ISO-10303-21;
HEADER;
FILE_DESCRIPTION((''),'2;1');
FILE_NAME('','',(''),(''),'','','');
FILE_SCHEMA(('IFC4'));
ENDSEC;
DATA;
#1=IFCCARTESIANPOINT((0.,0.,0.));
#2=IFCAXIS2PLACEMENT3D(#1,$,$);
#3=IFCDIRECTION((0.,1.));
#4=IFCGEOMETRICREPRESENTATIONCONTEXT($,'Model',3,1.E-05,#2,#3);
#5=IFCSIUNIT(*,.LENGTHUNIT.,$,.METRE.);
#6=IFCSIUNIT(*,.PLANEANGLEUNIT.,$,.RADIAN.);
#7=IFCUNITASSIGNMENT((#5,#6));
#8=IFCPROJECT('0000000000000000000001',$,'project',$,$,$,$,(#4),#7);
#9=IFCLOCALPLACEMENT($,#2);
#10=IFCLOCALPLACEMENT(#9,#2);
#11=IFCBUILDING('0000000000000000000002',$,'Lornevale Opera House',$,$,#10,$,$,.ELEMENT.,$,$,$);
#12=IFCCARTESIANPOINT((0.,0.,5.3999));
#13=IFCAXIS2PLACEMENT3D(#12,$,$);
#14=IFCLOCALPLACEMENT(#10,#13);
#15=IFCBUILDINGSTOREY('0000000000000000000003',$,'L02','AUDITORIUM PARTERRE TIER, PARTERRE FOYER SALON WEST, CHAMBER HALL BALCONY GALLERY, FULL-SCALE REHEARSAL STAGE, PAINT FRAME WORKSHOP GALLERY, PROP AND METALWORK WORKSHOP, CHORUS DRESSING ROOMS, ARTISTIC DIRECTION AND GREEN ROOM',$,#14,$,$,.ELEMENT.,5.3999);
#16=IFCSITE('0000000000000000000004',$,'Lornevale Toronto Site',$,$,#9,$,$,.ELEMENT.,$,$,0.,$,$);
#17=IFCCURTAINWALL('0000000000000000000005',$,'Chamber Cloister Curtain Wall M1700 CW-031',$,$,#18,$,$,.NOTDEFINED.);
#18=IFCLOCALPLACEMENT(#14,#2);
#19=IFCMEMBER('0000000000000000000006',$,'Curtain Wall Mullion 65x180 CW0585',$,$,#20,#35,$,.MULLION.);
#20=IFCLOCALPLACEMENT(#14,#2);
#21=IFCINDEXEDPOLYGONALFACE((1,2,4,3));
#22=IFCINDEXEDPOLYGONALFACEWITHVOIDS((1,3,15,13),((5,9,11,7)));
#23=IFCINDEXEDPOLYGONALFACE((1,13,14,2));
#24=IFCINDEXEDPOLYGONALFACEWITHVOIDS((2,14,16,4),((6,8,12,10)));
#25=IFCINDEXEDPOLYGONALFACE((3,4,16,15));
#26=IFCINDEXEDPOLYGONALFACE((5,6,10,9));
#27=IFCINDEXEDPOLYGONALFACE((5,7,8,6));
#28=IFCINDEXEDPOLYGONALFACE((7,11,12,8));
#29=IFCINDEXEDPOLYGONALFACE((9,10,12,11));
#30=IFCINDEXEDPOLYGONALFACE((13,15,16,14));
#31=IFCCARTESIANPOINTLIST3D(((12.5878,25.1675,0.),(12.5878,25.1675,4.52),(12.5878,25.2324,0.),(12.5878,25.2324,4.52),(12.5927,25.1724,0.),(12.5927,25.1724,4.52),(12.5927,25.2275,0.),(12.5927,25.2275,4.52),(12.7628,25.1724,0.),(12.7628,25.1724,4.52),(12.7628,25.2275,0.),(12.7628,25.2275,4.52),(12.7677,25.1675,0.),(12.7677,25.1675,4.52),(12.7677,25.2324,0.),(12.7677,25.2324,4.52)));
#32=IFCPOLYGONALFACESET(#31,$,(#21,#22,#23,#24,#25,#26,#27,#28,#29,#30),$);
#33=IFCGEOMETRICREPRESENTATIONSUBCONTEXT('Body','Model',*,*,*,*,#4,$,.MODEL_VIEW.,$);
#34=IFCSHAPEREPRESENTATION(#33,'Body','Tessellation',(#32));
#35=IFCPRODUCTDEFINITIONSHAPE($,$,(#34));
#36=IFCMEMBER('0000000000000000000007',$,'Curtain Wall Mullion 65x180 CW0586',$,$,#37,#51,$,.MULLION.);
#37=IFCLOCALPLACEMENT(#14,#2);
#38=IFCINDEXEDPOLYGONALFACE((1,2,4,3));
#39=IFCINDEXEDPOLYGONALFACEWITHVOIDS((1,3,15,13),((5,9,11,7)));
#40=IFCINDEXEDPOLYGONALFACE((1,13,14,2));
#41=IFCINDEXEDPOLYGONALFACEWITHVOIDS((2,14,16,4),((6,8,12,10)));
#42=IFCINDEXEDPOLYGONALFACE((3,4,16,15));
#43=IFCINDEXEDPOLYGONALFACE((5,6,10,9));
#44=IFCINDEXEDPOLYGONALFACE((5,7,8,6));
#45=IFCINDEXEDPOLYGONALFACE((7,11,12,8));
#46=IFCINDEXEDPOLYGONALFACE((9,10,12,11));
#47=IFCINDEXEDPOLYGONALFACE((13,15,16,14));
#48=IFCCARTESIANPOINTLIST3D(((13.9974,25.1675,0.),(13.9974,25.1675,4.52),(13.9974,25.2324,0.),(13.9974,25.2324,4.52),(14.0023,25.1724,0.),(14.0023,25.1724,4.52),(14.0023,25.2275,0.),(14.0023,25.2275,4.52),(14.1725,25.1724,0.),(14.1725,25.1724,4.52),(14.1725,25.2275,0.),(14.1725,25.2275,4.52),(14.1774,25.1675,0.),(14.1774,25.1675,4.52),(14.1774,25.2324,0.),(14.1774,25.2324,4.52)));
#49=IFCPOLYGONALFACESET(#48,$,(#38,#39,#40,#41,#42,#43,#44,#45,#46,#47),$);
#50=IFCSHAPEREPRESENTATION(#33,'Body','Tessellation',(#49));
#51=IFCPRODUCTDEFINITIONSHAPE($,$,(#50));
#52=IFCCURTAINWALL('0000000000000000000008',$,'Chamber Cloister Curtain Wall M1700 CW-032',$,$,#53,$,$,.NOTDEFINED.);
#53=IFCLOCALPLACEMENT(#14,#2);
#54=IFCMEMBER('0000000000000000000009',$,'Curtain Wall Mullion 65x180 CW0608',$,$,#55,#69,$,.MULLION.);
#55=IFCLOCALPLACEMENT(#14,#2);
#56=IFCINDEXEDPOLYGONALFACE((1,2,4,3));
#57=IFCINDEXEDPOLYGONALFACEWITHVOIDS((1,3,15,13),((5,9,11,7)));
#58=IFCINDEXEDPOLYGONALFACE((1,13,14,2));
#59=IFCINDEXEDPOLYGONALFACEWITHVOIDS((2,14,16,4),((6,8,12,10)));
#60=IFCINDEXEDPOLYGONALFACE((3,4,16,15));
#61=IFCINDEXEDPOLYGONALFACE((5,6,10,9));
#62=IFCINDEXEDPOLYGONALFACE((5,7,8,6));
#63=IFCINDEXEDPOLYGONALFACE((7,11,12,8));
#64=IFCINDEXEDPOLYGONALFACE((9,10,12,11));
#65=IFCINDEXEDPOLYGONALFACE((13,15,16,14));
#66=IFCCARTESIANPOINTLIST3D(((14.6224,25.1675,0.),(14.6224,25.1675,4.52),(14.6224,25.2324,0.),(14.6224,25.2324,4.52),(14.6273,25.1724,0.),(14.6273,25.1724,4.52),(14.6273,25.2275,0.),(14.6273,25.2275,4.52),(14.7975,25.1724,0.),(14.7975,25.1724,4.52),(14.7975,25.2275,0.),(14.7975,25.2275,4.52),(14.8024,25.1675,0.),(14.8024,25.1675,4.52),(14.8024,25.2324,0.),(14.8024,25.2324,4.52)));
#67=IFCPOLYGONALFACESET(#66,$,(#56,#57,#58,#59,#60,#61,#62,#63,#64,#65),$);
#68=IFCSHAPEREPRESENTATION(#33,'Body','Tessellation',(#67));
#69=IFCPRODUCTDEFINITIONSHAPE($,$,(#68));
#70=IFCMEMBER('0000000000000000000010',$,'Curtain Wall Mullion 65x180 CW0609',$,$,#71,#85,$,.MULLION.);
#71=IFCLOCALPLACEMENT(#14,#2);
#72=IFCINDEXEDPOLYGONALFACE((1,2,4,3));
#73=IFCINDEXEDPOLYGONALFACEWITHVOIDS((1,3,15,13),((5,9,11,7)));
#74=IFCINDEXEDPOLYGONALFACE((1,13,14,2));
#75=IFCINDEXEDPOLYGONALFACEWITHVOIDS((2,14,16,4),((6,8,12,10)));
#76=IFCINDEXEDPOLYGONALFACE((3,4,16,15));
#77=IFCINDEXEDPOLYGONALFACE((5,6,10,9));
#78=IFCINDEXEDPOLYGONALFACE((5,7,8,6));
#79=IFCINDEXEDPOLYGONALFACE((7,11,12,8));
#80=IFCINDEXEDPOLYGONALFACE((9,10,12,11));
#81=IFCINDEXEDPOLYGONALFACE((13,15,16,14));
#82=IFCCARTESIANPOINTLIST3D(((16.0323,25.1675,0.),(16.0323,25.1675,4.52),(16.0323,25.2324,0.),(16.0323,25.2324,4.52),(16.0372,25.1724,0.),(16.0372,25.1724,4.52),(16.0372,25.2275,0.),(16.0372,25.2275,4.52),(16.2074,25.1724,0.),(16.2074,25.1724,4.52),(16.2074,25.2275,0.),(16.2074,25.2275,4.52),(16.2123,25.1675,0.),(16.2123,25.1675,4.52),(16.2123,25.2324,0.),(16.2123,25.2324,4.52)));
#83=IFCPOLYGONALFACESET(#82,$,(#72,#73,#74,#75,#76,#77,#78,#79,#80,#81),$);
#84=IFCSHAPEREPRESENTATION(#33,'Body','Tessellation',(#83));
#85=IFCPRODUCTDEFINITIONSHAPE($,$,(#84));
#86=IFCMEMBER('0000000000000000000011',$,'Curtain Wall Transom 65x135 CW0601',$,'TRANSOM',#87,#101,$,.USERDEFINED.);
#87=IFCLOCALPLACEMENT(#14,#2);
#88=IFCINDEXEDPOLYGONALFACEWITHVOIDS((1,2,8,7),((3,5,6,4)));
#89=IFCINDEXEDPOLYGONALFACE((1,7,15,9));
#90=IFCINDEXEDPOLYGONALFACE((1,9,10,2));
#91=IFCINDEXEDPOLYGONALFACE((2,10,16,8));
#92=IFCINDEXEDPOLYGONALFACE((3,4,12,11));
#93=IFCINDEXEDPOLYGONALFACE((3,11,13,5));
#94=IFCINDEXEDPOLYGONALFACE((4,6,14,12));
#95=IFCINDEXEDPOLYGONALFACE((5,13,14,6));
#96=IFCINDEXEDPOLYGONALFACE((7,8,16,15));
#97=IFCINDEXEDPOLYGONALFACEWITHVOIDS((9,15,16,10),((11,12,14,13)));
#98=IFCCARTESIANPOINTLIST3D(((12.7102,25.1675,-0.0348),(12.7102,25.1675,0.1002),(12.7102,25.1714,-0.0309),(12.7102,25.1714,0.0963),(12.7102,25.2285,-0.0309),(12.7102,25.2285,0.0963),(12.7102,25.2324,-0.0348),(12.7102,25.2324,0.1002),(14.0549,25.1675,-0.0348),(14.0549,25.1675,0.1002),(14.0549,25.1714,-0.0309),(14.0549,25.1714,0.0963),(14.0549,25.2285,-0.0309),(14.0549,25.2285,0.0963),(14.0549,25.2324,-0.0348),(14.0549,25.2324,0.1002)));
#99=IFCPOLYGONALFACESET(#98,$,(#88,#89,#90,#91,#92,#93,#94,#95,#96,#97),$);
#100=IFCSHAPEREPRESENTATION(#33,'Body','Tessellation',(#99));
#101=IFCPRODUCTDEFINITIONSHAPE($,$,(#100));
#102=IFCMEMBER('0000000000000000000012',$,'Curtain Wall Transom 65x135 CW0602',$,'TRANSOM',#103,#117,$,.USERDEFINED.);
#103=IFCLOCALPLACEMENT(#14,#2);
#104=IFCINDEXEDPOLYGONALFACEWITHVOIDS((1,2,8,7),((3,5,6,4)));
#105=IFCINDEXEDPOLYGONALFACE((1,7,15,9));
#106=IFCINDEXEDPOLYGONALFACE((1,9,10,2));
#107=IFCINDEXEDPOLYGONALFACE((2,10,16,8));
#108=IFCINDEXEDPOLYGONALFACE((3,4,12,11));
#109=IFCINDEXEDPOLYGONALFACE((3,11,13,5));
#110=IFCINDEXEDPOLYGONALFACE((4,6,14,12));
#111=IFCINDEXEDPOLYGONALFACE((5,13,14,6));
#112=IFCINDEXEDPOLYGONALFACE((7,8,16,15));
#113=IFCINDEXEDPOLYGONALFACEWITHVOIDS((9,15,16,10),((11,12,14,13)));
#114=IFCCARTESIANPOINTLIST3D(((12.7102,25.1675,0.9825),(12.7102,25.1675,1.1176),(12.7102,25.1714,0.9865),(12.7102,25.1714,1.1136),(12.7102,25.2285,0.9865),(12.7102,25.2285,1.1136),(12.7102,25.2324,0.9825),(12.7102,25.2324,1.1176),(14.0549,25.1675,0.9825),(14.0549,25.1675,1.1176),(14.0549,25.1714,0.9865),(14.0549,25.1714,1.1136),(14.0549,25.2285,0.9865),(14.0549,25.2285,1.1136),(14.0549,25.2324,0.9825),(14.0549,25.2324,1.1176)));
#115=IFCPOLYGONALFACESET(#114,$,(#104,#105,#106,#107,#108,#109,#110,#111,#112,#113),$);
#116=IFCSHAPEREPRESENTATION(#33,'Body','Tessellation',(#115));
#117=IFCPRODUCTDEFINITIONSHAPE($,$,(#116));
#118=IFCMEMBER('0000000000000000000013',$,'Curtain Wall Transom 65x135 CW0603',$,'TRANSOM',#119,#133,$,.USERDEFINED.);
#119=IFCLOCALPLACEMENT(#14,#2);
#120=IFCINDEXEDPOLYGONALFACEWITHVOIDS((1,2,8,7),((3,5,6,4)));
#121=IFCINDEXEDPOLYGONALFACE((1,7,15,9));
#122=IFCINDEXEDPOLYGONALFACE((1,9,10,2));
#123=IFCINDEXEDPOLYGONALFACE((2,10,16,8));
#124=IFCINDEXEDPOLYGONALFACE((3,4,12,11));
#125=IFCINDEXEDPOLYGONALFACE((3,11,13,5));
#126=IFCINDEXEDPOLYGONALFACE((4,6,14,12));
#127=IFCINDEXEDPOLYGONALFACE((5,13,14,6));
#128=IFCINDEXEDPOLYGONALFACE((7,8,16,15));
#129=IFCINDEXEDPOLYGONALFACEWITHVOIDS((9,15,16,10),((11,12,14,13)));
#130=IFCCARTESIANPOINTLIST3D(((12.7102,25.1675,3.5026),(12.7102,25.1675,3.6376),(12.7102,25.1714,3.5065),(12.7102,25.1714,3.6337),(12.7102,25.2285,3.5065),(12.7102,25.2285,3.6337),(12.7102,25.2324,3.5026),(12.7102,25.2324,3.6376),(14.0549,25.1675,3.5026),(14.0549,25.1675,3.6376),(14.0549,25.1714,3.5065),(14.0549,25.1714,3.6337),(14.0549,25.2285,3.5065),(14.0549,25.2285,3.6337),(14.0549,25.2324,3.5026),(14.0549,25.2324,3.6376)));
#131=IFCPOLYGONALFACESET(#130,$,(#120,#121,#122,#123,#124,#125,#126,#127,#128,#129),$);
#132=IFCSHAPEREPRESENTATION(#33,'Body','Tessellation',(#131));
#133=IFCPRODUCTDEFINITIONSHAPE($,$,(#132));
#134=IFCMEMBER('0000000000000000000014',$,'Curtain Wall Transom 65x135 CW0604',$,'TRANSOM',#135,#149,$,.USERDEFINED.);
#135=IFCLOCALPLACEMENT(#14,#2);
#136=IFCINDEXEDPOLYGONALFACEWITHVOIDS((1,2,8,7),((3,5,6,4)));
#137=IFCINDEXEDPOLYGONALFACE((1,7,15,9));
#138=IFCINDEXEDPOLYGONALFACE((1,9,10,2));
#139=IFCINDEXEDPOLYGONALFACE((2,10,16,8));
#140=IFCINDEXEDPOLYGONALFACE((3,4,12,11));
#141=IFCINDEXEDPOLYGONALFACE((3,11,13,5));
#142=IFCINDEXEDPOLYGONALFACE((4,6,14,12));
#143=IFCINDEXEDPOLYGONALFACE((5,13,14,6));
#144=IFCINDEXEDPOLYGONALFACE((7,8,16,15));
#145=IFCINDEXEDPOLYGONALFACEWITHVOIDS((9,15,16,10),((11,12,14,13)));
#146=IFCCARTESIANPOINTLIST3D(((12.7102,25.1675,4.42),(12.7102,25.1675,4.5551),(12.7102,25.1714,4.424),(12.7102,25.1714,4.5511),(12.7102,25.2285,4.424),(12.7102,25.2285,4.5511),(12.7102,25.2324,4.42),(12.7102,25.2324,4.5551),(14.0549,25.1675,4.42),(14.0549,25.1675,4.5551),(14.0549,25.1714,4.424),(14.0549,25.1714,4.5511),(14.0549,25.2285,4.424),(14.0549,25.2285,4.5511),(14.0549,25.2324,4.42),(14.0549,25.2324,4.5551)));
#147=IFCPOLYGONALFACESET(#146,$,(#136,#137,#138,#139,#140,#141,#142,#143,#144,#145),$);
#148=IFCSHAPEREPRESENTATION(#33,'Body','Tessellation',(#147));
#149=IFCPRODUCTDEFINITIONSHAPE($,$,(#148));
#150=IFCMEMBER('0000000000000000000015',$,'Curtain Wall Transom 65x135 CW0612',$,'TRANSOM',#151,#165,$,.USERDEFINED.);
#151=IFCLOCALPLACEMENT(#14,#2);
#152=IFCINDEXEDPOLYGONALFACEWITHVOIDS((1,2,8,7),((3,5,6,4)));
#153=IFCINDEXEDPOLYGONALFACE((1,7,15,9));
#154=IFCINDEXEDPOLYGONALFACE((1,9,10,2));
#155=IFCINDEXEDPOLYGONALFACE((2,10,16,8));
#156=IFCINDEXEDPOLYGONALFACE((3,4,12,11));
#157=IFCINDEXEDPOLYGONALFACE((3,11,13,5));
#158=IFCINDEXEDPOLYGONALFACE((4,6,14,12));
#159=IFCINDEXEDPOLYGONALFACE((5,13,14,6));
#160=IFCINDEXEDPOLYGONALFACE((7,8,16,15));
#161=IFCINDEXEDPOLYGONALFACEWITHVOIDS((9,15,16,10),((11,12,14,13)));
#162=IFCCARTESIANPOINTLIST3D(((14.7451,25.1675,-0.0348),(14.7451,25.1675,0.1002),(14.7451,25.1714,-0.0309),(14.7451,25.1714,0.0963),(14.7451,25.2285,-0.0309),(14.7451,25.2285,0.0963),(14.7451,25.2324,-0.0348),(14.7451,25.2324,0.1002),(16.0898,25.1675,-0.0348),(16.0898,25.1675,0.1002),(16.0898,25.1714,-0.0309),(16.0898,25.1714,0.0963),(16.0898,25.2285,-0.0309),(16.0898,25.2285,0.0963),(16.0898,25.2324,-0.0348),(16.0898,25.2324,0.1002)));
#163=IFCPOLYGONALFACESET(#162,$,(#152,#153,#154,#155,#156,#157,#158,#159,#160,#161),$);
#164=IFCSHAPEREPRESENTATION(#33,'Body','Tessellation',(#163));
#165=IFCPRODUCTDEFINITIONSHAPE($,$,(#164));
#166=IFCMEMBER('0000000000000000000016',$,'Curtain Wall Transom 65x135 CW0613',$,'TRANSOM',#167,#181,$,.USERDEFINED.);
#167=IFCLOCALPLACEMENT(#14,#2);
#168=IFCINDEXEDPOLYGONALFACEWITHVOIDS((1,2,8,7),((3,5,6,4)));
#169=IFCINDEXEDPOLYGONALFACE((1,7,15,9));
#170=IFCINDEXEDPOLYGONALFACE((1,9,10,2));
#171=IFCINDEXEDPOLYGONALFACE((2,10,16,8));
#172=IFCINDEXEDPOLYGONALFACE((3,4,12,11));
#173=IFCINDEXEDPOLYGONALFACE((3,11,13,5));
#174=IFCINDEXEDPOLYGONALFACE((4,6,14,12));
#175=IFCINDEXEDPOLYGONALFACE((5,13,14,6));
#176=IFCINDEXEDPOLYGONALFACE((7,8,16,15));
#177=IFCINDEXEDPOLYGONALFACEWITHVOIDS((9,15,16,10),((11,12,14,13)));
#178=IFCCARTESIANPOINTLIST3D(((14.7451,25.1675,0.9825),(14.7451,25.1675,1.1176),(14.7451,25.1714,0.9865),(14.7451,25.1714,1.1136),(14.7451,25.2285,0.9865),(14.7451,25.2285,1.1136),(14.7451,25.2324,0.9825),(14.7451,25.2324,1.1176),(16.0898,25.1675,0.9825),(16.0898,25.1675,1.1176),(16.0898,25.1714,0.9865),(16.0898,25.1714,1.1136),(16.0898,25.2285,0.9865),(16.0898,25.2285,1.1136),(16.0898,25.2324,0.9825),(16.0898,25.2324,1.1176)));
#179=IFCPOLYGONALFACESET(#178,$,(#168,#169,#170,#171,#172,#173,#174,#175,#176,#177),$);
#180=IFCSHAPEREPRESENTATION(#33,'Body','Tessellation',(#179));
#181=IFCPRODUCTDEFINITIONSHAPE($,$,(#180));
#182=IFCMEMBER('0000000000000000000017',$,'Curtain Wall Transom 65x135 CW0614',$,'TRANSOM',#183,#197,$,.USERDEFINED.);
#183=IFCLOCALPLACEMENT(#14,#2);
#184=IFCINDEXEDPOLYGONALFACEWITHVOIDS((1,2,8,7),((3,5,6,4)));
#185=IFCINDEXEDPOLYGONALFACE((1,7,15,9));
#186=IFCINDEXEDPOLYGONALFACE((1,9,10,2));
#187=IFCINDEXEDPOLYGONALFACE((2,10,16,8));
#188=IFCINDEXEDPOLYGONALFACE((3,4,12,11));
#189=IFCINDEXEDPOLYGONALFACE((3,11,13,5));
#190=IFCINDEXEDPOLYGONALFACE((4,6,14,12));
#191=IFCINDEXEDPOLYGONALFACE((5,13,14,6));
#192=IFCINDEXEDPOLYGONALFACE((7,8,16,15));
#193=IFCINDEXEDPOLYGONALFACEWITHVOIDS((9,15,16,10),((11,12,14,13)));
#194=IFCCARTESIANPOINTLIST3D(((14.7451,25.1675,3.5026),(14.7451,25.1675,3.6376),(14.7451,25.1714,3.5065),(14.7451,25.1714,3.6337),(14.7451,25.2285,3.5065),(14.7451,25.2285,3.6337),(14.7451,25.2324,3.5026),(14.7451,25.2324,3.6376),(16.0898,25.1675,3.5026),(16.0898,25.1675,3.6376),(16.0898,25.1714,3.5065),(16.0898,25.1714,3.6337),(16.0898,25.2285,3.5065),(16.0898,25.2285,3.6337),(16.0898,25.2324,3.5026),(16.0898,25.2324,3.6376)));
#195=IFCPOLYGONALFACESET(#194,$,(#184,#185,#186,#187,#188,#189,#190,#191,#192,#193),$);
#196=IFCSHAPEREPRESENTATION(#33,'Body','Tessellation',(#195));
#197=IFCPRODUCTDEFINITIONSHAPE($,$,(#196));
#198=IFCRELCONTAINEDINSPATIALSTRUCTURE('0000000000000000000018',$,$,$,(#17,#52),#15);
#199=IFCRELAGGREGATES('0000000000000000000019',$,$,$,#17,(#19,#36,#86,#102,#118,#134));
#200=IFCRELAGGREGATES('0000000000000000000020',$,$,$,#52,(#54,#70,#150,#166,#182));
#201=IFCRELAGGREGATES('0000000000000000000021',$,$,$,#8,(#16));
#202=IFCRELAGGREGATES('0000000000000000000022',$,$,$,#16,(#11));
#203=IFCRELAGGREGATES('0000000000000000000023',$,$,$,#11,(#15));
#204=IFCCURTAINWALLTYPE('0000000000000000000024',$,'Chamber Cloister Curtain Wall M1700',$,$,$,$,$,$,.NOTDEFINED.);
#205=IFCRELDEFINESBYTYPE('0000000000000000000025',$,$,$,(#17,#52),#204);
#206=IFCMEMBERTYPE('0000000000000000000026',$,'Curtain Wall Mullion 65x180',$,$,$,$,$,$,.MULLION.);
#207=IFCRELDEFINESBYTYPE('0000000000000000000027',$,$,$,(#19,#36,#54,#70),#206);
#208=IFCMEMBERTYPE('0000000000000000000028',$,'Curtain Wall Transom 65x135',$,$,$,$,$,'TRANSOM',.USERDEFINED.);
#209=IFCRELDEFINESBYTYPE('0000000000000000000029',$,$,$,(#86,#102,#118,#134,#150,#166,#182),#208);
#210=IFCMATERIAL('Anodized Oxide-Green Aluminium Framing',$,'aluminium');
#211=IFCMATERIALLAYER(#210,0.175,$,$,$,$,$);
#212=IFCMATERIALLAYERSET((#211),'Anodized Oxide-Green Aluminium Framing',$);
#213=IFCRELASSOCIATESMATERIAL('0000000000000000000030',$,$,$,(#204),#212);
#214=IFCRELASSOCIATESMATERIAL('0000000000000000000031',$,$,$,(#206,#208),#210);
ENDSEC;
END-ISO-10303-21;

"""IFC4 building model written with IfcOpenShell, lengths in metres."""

from ifc_helpers import new_model, si_unit, direction, frame, origin, origin_2d, place, context, subcontext, project, spatial, hollow_rectangle, extrude, material, layer, layer_set, material_profile, profile_set, type_object, element, aggregate, save


model = new_model("IFC4")

# Units and contexts
model_context = context("Model", 3, precision=1e-05, world=origin(), true_north=direction((0.0, 1.0)))
body_context = subcontext(model_context, "Body", "Model", "MODEL_VIEW")
ifc_project = project(units=[si_unit("LENGTHUNIT", "METRE"), si_unit("PLANEANGLEUNIT", "RADIAN")], contexts=[model_context])

# Site, building, storey
site_placement = place(None, origin())
site = spatial("IfcSite", under=ifc_project, at=site_placement, Name="Lornevale Toronto Site", CompositionType="ELEMENT", RefElevation=0.0)
building_placement = place(site_placement, origin())
building = spatial("IfcBuilding", under=site, at=building_placement, Name="Lornevale Opera House", CompositionType="ELEMENT")
storey_placement = place(building_placement, frame((0.0, 0.0, 5.3999)))
storey = spatial("IfcBuildingStorey", under=building, at=storey_placement, Name="L02", Description="AUDITORIUM PARTERRE TIER, PARTERRE FOYER SALON WEST, CHAMBER HALL BALCONY GALLERY, FULL-SCALE REHEARSAL STAGE, PAINT FRAME WORKSHOP GALLERY, PROP AND METALWORK WORKSHOP, CHORUS DRESSING ROOMS, ARTISTIC DIRECTION AND GREEN ROOM", CompositionType="ELEMENT", Elevation=5.3999)

# Curtain walls, members
ifc_material_1 = material(Name="Anodized Oxide-Green Aluminium Framing", Category="aluminium")
ifc_layer_1 = layer(ifc_material_1, 0.175)
ifc_layer_set_1 = layer_set([ifc_layer_1], Name="Anodized Oxide-Green Aluminium Framing")
curtain_wall_type = type_object("IfcCurtainWallType", Name="Chamber Cloister Curtain Wall M1700", PredefinedType="NOTDEFINED", material=ifc_layer_set_1)
curtain_wall_1_placement = place(storey_placement, origin())
curtain_wall_1 = element("IfcCurtainWall", 1, at=curtain_wall_1_placement, inside=storey, type_object=curtain_wall_type, Name="Chamber Cloister Curtain Wall M1700 CW-031", PredefinedType="NOTDEFINED")
ifc_material_profile_1 = material_profile(ifc_material_1, hollow_rectangle(XDim=0.0649, YDim=0.1799, WallThickness=0.0049, at=origin_2d()), Name="ALU65x180x5")
ifc_profile_set_1 = profile_set([ifc_material_profile_1], Name="Anodized Oxide-Green Aluminium Framing")
member_type_1 = type_object("IfcMemberType", Name="Curtain Wall Mullion 65x180", PredefinedType="MULLION", material=ifc_profile_set_1)
member_1_placement = place(storey_placement, frame((12.6777, 25.2, 0.0), z_axis=(0.0, 0.0, 1.0), x_axis=(0.0, 1.0, 0.0)))
member_1 = element("IfcMember", 2, at=member_1_placement, type_object=member_type_1, Name="Curtain Wall Mullion 65x180 CW0585", PredefinedType="MULLION", context=body_context, shape_type="SweptSolid", body=[
    extrude(hollow_rectangle(XDim=0.0649, YDim=0.1799, WallThickness=0.0049, at=origin_2d()), origin(), (0.0, 0.0, 1.0), 4.52),
])
member_2_placement = place(storey_placement, frame((14.0874, 25.2, 0.0), z_axis=(0.0, 0.0, 1.0), x_axis=(0.0, 1.0, 0.0)))
member_2 = element("IfcMember", 3, at=member_2_placement, type_object=member_type_1, Name="Curtain Wall Mullion 65x180 CW0586", PredefinedType="MULLION", context=body_context, shape_type="SweptSolid", body=[
    extrude(hollow_rectangle(XDim=0.0649, YDim=0.1799, WallThickness=0.0049, at=origin_2d()), origin(), (0.0, 0.0, 1.0), 4.52),
])
curtain_wall_2_placement = place(storey_placement, origin())
curtain_wall_2 = element("IfcCurtainWall", 4, at=curtain_wall_2_placement, inside=storey, type_object=curtain_wall_type, Name="Chamber Cloister Curtain Wall M1700 CW-032", PredefinedType="NOTDEFINED")
member_3_placement = place(storey_placement, frame((14.7124, 25.2, 0.0), z_axis=(0.0, 0.0, 1.0), x_axis=(0.0, 1.0, 0.0)))
member_3 = element("IfcMember", 5, at=member_3_placement, type_object=member_type_1, Name="Curtain Wall Mullion 65x180 CW0608", PredefinedType="MULLION", context=body_context, shape_type="SweptSolid", body=[
    extrude(hollow_rectangle(XDim=0.0649, YDim=0.1799, WallThickness=0.0049, at=origin_2d()), origin(), (0.0, 0.0, 1.0), 4.52),
])
member_4_placement = place(storey_placement, frame((16.1223, 25.2, 0.0), z_axis=(0.0, 0.0, 1.0), x_axis=(0.0, 1.0, 0.0)))
member_4 = element("IfcMember", 6, at=member_4_placement, type_object=member_type_1, Name="Curtain Wall Mullion 65x180 CW0609", PredefinedType="MULLION", context=body_context, shape_type="SweptSolid", body=[
    extrude(hollow_rectangle(XDim=0.0649, YDim=0.1799, WallThickness=0.0049, at=origin_2d()), origin(), (0.0, 0.0, 1.0), 4.52),
])

# Members
ifc_material_profile_2 = material_profile(ifc_material_1, hollow_rectangle(XDim=0.0649, YDim=0.135, WallThickness=0.0039, at=origin_2d()), Name="ALU65x135x4")
ifc_profile_set_2 = profile_set([ifc_material_profile_2], Name="Anodized Oxide-Green Aluminium Framing")
member_type_2 = type_object("IfcMemberType", Name="Curtain Wall Transom 65x135", ElementType="TRANSOM", PredefinedType="USERDEFINED", material=ifc_profile_set_2)
member_5_placement = place(storey_placement, frame((12.7102, 25.2, 0.0327), z_axis=(1.0, 0.0, 0.0), x_axis=(0.0, 1.0, 0.0)))
member_5 = element("IfcMember", 7, at=member_5_placement, type_object=member_type_2, Name="Curtain Wall Transom 65x135 CW0601", ObjectType="TRANSOM", PredefinedType="USERDEFINED", context=body_context, shape_type="SweptSolid", body=[
    extrude(hollow_rectangle(XDim=0.0649, YDim=0.135, WallThickness=0.0039, at=origin_2d()), origin(), (0.0, 0.0, 1.0), 1.3447),
])
member_6_placement = place(storey_placement, frame((12.7102, 25.2, 1.05), z_axis=(1.0, 0.0, 0.0), x_axis=(0.0, 1.0, 0.0)))
member_6 = element("IfcMember", 8, at=member_6_placement, type_object=member_type_2, Name="Curtain Wall Transom 65x135 CW0602", ObjectType="TRANSOM", PredefinedType="USERDEFINED", context=body_context, shape_type="SweptSolid", body=[
    extrude(hollow_rectangle(XDim=0.0649, YDim=0.135, WallThickness=0.0039, at=origin_2d()), origin(), (0.0, 0.0, 1.0), 1.3447),
])
member_7_placement = place(storey_placement, frame((12.7102, 25.2, 3.5701), z_axis=(1.0, 0.0, 0.0), x_axis=(0.0, 1.0, 0.0)))
member_7 = element("IfcMember", 9, at=member_7_placement, type_object=member_type_2, Name="Curtain Wall Transom 65x135 CW0603", ObjectType="TRANSOM", PredefinedType="USERDEFINED", context=body_context, shape_type="SweptSolid", body=[
    extrude(hollow_rectangle(XDim=0.0649, YDim=0.135, WallThickness=0.0039, at=origin_2d()), origin(), (0.0, 0.0, 1.0), 1.3447),
])
member_8_placement = place(storey_placement, frame((12.7102, 25.2, 4.4875), z_axis=(1.0, 0.0, 0.0), x_axis=(0.0, 1.0, 0.0)))
member_8 = element("IfcMember", 10, at=member_8_placement, type_object=member_type_2, Name="Curtain Wall Transom 65x135 CW0604", ObjectType="TRANSOM", PredefinedType="USERDEFINED", context=body_context, shape_type="SweptSolid", body=[
    extrude(hollow_rectangle(XDim=0.0649, YDim=0.135, WallThickness=0.0039, at=origin_2d()), origin(), (0.0, 0.0, 1.0), 1.3447),
])
member_9_placement = place(storey_placement, frame((14.7451, 25.2, 0.0327), z_axis=(1.0, 0.0, 0.0), x_axis=(0.0, 1.0, 0.0)))
member_9 = element("IfcMember", 11, at=member_9_placement, type_object=member_type_2, Name="Curtain Wall Transom 65x135 CW0612", ObjectType="TRANSOM", PredefinedType="USERDEFINED", context=body_context, shape_type="SweptSolid", body=[
    extrude(hollow_rectangle(XDim=0.0649, YDim=0.135, WallThickness=0.0039, at=origin_2d()), origin(), (0.0, 0.0, 1.0), 1.3447),
])
member_10_placement = place(storey_placement, frame((14.7451, 25.2, 1.05), z_axis=(1.0, 0.0, 0.0), x_axis=(0.0, 1.0, 0.0)))
member_10 = element("IfcMember", 12, at=member_10_placement, type_object=member_type_2, Name="Curtain Wall Transom 65x135 CW0613", ObjectType="TRANSOM", PredefinedType="USERDEFINED", context=body_context, shape_type="SweptSolid", body=[
    extrude(hollow_rectangle(XDim=0.0649, YDim=0.135, WallThickness=0.0039, at=origin_2d()), origin(), (0.0, 0.0, 1.0), 1.3447),
])
member_11_placement = place(storey_placement, frame((14.7451, 25.2, 3.5701), z_axis=(1.0, 0.0, 0.0), x_axis=(0.0, 1.0, 0.0)))
member_11 = element("IfcMember", 13, at=member_11_placement, type_object=member_type_2, Name="Curtain Wall Transom 65x135 CW0614", ObjectType="TRANSOM", PredefinedType="USERDEFINED", context=body_context, shape_type="SweptSolid", body=[
    extrude(hollow_rectangle(XDim=0.0649, YDim=0.135, WallThickness=0.0039, at=origin_2d()), origin(), (0.0, 0.0, 1.0), 1.3447),
])

aggregate(curtain_wall_1, [member_1, member_2, member_5, member_6, member_7, member_8])
aggregate(curtain_wall_2, [member_3, member_4, member_9, member_10, member_11])

save(model, "model.ifc")
